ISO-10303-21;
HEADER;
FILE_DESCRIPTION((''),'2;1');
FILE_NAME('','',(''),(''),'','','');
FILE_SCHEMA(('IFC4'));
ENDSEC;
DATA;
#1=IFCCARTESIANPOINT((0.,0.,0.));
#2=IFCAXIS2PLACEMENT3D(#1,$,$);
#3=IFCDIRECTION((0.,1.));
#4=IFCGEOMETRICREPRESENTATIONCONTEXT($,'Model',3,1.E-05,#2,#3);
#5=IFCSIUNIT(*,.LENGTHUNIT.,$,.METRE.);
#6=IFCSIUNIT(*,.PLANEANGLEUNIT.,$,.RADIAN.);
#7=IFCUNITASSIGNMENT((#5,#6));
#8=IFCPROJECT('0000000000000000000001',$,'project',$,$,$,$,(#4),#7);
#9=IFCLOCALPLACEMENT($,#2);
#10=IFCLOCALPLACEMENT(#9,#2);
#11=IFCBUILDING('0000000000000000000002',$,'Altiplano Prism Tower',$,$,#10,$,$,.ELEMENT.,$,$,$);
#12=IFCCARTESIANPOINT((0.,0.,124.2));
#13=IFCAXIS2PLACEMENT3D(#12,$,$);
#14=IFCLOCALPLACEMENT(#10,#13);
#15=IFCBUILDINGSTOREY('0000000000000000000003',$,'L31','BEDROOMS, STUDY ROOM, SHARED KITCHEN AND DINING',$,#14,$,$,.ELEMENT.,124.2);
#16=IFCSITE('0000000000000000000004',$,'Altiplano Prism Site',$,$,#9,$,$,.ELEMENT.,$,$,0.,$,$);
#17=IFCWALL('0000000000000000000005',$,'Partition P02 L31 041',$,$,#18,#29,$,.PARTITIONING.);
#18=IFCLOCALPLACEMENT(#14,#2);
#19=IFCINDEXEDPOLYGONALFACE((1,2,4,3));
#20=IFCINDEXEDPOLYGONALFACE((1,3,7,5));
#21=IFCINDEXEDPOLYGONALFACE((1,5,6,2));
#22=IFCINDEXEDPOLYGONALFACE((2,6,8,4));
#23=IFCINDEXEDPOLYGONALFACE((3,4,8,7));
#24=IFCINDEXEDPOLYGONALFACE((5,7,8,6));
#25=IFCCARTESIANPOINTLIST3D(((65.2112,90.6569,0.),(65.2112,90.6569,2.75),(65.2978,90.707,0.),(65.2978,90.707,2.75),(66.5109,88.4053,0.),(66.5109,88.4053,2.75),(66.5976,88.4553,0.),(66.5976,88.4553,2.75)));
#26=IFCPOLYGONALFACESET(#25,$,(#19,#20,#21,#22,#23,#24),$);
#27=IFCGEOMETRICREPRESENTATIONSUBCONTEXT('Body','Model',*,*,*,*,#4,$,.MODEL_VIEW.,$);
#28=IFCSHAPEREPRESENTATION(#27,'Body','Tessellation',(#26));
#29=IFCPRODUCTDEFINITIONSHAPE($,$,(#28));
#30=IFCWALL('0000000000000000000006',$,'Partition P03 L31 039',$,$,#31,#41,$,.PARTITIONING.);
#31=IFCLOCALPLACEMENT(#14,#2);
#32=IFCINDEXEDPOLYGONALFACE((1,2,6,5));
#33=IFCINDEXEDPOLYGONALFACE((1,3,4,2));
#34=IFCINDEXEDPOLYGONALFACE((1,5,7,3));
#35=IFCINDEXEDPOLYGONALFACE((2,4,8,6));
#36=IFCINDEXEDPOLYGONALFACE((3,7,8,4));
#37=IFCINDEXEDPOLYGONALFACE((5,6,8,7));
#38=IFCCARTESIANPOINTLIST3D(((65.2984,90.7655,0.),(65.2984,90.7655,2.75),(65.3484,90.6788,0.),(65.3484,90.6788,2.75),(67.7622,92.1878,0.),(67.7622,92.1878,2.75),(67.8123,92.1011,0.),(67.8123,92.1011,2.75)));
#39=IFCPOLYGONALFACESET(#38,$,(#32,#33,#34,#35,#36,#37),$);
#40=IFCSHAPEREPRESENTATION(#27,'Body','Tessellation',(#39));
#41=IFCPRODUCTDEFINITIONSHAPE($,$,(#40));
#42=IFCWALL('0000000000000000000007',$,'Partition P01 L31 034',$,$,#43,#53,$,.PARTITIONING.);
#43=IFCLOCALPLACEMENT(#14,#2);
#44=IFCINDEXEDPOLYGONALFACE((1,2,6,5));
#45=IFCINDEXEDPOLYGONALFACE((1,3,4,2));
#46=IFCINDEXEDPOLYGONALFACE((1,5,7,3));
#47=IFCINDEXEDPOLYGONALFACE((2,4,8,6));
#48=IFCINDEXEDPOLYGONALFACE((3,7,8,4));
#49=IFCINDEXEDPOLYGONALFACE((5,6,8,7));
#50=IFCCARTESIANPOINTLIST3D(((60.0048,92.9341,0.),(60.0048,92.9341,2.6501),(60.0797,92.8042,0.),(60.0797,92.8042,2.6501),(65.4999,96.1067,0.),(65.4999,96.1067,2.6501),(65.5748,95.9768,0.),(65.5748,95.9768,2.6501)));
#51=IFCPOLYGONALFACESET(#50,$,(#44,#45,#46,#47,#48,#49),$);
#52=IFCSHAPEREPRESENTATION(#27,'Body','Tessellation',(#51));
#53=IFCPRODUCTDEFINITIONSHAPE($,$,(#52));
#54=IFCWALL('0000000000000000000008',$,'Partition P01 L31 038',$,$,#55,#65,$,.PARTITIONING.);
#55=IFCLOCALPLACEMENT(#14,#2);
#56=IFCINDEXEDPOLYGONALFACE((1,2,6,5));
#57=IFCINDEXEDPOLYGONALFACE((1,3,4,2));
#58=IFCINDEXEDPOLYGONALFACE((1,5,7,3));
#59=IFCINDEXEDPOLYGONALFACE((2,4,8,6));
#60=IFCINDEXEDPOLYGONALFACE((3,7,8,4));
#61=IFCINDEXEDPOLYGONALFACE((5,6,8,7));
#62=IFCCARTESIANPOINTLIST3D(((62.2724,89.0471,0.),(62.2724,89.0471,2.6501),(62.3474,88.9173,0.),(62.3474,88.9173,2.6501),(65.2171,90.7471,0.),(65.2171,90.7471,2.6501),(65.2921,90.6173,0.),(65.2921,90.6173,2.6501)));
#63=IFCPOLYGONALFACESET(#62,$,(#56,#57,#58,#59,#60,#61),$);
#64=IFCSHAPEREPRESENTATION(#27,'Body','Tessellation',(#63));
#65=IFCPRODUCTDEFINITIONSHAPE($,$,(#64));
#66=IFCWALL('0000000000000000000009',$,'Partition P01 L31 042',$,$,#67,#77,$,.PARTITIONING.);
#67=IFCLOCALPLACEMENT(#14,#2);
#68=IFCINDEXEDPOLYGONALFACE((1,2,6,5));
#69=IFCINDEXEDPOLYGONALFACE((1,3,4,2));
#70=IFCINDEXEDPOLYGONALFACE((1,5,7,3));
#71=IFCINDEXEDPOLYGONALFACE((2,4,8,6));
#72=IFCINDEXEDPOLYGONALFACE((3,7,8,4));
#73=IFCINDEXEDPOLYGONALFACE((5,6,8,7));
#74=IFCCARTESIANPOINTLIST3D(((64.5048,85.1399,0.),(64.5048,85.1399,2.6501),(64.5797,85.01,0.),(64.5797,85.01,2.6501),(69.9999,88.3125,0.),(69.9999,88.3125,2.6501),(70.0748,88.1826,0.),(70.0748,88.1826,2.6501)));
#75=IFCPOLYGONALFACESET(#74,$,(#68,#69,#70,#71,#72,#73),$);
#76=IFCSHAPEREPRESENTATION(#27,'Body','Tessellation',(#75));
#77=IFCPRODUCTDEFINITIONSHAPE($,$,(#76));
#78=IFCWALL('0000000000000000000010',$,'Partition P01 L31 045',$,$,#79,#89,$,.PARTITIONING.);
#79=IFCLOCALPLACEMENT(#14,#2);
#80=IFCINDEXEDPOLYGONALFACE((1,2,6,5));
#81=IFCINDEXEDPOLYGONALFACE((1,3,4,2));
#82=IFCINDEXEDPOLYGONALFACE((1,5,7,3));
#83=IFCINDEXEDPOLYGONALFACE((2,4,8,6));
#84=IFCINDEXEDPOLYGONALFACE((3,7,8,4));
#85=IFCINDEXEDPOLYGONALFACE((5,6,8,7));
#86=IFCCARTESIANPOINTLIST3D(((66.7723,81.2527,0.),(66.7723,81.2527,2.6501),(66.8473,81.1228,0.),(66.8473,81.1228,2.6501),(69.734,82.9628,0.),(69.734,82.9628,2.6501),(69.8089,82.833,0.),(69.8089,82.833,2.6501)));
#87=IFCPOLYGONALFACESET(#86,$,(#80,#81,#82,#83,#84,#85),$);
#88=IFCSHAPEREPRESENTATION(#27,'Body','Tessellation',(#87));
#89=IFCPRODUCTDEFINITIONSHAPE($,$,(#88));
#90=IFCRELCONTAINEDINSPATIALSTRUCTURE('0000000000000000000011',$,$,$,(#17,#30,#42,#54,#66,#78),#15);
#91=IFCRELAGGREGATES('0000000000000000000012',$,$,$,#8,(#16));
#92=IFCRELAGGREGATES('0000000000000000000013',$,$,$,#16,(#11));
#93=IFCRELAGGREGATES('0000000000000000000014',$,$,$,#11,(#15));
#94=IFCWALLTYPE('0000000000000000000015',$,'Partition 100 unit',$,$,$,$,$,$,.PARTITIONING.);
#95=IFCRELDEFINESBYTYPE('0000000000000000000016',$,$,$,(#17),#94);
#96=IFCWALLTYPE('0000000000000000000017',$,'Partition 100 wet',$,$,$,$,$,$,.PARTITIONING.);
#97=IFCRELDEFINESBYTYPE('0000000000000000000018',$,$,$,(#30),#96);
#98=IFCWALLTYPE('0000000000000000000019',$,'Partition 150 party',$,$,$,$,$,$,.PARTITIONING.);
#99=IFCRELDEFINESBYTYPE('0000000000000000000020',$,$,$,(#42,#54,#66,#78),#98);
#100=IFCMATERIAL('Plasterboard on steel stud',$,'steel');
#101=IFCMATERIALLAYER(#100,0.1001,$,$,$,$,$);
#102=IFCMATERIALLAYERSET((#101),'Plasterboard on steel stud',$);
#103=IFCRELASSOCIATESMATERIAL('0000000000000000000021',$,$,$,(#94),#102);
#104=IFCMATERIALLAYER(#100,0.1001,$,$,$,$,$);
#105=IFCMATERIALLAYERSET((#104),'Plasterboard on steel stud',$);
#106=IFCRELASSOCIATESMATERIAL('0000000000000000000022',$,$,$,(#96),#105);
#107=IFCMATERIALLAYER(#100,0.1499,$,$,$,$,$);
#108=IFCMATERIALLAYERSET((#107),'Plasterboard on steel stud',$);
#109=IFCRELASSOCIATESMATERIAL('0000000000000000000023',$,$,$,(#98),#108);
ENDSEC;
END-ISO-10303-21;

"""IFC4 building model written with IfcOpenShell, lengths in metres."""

from ifc_helpers import new_model, si_unit, direction, frame, frame_2d, origin, place, context, subcontext, project, spatial, rectangle, extrude, material, layer, layer_set, type_object, element, save


model = new_model("IFC4")

# Units and contexts
model_context = context("Model", 3, precision=1e-05, world=origin(), true_north=direction((0.0, 1.0)))
body_context = subcontext(model_context, "Body", "Model", "MODEL_VIEW")
ifc_project = project(units=[si_unit("LENGTHUNIT", "METRE"), si_unit("PLANEANGLEUNIT", "RADIAN")], contexts=[model_context])

# Site, building, storey
site_placement = place(None, origin())
site = spatial("IfcSite", under=ifc_project, at=site_placement, Name="Altiplano Prism Site", CompositionType="ELEMENT", RefElevation=0.0)
building_placement = place(site_placement, origin())
building = spatial("IfcBuilding", under=site, at=building_placement, Name="Altiplano Prism Tower", CompositionType="ELEMENT")
storey_placement = place(building_placement, frame((0.0, 0.0, 124.2)))
storey = spatial("IfcBuildingStorey", under=building, at=storey_placement, Name="L31", Description="BEDROOMS, STUDY ROOM, SHARED KITCHEN AND DINING", CompositionType="ELEMENT", Elevation=124.2)

# Shared definitions
ifc_material_1 = material(Name="Plasterboard on steel stud", Category="steel")
ifc_layer_1 = layer(ifc_material_1, 0.1001)
ifc_layer_set_1 = layer_set([ifc_layer_1], Name="Plasterboard on steel stud")
wall_type_1 = type_object("IfcWallType", Name="Partition 100 unit", PredefinedType="PARTITIONING", material=ifc_layer_set_1)

# Walls
wall_1_placement = place(storey_placement, frame((66.5542, 88.4304, 0.0), z_axis=(0.0, 0.0, 1.0), x_axis=(-0.499937, 0.866062, 0.0)))
element("IfcWall", 1, at=wall_1_placement, inside=storey, type_object=wall_type_1, Name="Partition P02 L31 041", PredefinedType="PARTITIONING", context=body_context, shape_type="SweptSolid", body=[
    extrude(rectangle(XDim=2.5999, YDim=0.1001, at=frame_2d((1.2998, 0.0))), origin(), (0.0, 0.0, 1.0), 2.75),
])
ifc_layer_2 = layer(ifc_material_1, 0.1001)
ifc_layer_set_2 = layer_set([ifc_layer_2], Name="Plasterboard on steel stud")
wall_type_2 = type_object("IfcWallType", Name="Partition 100 wet", PredefinedType="PARTITIONING", material=ifc_layer_set_2)
wall_2_placement = place(storey_placement, frame((65.3235, 90.7222, 0.0), z_axis=(0.0, 0.0, 1.0), x_axis=(0.866048, 0.49996, 0.0)))
element("IfcWall", 2, at=wall_2_placement, inside=storey, type_object=wall_type_2, Name="Partition P03 L31 039", PredefinedType="PARTITIONING", context=body_context, shape_type="SweptSolid", body=[
    extrude(rectangle(XDim=2.845, YDim=0.1001, at=frame_2d((1.4224, 0.0))), origin(), (0.0, 0.0, 1.0), 2.75),
])
ifc_layer_3 = layer(ifc_material_1, 0.1499)
ifc_layer_set_3 = layer_set([ifc_layer_3], Name="Plasterboard on steel stud")
wall_type_3 = type_object("IfcWallType", Name="Partition 150 party", PredefinedType="PARTITIONING", material=ifc_layer_set_3)
wall_3_placement = place(storey_placement, frame((60.0422, 92.8691, 0.0), z_axis=(0.0, 0.0, 1.0), x_axis=(0.866025, 0.5, 0.0)))
element("IfcWall", 3, at=wall_3_placement, inside=storey, type_object=wall_type_3, Name="Partition P01 L31 034", PredefinedType="PARTITIONING", context=body_context, shape_type="SweptSolid", body=[
    extrude(rectangle(XDim=6.3452, YDim=0.1499, at=frame_2d((3.1726, 0.0))), origin(), (0.0, 0.0, 1.0), 2.6501),
])
wall_4_placement = place(storey_placement, frame((62.3098, 88.9822, 0.0), z_axis=(0.0, 0.0, 1.0), x_axis=(0.866039, 0.499977, 0.0)))
element("IfcWall", 4, at=wall_4_placement, inside=storey, type_object=wall_type_3, Name="Partition P01 L31 038", PredefinedType="PARTITIONING", context=body_context, shape_type="SweptSolid", body=[
    extrude(rectangle(XDim=3.4001, YDim=0.1499, at=frame_2d((1.7002, 0.0))), origin(), (0.0, 0.0, 1.0), 2.6501),
])
wall_5_placement = place(storey_placement, frame((64.5422, 85.075, 0.0), z_axis=(0.0, 0.0, 1.0), x_axis=(0.866025, 0.5, 0.0)))
element("IfcWall", 5, at=wall_5_placement, inside=storey, type_object=wall_type_3, Name="Partition P01 L31 042", PredefinedType="PARTITIONING", context=body_context, shape_type="SweptSolid", body=[
    extrude(rectangle(XDim=6.3452, YDim=0.1499, at=frame_2d((3.1726, 0.0))), origin(), (0.0, 0.0, 1.0), 2.6501),
])
wall_6_placement = place(storey_placement, frame((66.8098, 81.1877, 0.0), z_axis=(0.0, 0.0, 1.0), x_axis=(0.865989, 0.500062, 0.0)))
element("IfcWall", 6, at=wall_6_placement, inside=storey, type_object=wall_type_3, Name="Partition P01 L31 045", PredefinedType="PARTITIONING", context=body_context, shape_type="SweptSolid", body=[
    extrude(rectangle(XDim=3.4199, YDim=0.1499, at=frame_2d((1.71, 0.0))), origin(), (0.0, 0.0, 1.0), 2.6501),
])

save(model, "model.ifc")
